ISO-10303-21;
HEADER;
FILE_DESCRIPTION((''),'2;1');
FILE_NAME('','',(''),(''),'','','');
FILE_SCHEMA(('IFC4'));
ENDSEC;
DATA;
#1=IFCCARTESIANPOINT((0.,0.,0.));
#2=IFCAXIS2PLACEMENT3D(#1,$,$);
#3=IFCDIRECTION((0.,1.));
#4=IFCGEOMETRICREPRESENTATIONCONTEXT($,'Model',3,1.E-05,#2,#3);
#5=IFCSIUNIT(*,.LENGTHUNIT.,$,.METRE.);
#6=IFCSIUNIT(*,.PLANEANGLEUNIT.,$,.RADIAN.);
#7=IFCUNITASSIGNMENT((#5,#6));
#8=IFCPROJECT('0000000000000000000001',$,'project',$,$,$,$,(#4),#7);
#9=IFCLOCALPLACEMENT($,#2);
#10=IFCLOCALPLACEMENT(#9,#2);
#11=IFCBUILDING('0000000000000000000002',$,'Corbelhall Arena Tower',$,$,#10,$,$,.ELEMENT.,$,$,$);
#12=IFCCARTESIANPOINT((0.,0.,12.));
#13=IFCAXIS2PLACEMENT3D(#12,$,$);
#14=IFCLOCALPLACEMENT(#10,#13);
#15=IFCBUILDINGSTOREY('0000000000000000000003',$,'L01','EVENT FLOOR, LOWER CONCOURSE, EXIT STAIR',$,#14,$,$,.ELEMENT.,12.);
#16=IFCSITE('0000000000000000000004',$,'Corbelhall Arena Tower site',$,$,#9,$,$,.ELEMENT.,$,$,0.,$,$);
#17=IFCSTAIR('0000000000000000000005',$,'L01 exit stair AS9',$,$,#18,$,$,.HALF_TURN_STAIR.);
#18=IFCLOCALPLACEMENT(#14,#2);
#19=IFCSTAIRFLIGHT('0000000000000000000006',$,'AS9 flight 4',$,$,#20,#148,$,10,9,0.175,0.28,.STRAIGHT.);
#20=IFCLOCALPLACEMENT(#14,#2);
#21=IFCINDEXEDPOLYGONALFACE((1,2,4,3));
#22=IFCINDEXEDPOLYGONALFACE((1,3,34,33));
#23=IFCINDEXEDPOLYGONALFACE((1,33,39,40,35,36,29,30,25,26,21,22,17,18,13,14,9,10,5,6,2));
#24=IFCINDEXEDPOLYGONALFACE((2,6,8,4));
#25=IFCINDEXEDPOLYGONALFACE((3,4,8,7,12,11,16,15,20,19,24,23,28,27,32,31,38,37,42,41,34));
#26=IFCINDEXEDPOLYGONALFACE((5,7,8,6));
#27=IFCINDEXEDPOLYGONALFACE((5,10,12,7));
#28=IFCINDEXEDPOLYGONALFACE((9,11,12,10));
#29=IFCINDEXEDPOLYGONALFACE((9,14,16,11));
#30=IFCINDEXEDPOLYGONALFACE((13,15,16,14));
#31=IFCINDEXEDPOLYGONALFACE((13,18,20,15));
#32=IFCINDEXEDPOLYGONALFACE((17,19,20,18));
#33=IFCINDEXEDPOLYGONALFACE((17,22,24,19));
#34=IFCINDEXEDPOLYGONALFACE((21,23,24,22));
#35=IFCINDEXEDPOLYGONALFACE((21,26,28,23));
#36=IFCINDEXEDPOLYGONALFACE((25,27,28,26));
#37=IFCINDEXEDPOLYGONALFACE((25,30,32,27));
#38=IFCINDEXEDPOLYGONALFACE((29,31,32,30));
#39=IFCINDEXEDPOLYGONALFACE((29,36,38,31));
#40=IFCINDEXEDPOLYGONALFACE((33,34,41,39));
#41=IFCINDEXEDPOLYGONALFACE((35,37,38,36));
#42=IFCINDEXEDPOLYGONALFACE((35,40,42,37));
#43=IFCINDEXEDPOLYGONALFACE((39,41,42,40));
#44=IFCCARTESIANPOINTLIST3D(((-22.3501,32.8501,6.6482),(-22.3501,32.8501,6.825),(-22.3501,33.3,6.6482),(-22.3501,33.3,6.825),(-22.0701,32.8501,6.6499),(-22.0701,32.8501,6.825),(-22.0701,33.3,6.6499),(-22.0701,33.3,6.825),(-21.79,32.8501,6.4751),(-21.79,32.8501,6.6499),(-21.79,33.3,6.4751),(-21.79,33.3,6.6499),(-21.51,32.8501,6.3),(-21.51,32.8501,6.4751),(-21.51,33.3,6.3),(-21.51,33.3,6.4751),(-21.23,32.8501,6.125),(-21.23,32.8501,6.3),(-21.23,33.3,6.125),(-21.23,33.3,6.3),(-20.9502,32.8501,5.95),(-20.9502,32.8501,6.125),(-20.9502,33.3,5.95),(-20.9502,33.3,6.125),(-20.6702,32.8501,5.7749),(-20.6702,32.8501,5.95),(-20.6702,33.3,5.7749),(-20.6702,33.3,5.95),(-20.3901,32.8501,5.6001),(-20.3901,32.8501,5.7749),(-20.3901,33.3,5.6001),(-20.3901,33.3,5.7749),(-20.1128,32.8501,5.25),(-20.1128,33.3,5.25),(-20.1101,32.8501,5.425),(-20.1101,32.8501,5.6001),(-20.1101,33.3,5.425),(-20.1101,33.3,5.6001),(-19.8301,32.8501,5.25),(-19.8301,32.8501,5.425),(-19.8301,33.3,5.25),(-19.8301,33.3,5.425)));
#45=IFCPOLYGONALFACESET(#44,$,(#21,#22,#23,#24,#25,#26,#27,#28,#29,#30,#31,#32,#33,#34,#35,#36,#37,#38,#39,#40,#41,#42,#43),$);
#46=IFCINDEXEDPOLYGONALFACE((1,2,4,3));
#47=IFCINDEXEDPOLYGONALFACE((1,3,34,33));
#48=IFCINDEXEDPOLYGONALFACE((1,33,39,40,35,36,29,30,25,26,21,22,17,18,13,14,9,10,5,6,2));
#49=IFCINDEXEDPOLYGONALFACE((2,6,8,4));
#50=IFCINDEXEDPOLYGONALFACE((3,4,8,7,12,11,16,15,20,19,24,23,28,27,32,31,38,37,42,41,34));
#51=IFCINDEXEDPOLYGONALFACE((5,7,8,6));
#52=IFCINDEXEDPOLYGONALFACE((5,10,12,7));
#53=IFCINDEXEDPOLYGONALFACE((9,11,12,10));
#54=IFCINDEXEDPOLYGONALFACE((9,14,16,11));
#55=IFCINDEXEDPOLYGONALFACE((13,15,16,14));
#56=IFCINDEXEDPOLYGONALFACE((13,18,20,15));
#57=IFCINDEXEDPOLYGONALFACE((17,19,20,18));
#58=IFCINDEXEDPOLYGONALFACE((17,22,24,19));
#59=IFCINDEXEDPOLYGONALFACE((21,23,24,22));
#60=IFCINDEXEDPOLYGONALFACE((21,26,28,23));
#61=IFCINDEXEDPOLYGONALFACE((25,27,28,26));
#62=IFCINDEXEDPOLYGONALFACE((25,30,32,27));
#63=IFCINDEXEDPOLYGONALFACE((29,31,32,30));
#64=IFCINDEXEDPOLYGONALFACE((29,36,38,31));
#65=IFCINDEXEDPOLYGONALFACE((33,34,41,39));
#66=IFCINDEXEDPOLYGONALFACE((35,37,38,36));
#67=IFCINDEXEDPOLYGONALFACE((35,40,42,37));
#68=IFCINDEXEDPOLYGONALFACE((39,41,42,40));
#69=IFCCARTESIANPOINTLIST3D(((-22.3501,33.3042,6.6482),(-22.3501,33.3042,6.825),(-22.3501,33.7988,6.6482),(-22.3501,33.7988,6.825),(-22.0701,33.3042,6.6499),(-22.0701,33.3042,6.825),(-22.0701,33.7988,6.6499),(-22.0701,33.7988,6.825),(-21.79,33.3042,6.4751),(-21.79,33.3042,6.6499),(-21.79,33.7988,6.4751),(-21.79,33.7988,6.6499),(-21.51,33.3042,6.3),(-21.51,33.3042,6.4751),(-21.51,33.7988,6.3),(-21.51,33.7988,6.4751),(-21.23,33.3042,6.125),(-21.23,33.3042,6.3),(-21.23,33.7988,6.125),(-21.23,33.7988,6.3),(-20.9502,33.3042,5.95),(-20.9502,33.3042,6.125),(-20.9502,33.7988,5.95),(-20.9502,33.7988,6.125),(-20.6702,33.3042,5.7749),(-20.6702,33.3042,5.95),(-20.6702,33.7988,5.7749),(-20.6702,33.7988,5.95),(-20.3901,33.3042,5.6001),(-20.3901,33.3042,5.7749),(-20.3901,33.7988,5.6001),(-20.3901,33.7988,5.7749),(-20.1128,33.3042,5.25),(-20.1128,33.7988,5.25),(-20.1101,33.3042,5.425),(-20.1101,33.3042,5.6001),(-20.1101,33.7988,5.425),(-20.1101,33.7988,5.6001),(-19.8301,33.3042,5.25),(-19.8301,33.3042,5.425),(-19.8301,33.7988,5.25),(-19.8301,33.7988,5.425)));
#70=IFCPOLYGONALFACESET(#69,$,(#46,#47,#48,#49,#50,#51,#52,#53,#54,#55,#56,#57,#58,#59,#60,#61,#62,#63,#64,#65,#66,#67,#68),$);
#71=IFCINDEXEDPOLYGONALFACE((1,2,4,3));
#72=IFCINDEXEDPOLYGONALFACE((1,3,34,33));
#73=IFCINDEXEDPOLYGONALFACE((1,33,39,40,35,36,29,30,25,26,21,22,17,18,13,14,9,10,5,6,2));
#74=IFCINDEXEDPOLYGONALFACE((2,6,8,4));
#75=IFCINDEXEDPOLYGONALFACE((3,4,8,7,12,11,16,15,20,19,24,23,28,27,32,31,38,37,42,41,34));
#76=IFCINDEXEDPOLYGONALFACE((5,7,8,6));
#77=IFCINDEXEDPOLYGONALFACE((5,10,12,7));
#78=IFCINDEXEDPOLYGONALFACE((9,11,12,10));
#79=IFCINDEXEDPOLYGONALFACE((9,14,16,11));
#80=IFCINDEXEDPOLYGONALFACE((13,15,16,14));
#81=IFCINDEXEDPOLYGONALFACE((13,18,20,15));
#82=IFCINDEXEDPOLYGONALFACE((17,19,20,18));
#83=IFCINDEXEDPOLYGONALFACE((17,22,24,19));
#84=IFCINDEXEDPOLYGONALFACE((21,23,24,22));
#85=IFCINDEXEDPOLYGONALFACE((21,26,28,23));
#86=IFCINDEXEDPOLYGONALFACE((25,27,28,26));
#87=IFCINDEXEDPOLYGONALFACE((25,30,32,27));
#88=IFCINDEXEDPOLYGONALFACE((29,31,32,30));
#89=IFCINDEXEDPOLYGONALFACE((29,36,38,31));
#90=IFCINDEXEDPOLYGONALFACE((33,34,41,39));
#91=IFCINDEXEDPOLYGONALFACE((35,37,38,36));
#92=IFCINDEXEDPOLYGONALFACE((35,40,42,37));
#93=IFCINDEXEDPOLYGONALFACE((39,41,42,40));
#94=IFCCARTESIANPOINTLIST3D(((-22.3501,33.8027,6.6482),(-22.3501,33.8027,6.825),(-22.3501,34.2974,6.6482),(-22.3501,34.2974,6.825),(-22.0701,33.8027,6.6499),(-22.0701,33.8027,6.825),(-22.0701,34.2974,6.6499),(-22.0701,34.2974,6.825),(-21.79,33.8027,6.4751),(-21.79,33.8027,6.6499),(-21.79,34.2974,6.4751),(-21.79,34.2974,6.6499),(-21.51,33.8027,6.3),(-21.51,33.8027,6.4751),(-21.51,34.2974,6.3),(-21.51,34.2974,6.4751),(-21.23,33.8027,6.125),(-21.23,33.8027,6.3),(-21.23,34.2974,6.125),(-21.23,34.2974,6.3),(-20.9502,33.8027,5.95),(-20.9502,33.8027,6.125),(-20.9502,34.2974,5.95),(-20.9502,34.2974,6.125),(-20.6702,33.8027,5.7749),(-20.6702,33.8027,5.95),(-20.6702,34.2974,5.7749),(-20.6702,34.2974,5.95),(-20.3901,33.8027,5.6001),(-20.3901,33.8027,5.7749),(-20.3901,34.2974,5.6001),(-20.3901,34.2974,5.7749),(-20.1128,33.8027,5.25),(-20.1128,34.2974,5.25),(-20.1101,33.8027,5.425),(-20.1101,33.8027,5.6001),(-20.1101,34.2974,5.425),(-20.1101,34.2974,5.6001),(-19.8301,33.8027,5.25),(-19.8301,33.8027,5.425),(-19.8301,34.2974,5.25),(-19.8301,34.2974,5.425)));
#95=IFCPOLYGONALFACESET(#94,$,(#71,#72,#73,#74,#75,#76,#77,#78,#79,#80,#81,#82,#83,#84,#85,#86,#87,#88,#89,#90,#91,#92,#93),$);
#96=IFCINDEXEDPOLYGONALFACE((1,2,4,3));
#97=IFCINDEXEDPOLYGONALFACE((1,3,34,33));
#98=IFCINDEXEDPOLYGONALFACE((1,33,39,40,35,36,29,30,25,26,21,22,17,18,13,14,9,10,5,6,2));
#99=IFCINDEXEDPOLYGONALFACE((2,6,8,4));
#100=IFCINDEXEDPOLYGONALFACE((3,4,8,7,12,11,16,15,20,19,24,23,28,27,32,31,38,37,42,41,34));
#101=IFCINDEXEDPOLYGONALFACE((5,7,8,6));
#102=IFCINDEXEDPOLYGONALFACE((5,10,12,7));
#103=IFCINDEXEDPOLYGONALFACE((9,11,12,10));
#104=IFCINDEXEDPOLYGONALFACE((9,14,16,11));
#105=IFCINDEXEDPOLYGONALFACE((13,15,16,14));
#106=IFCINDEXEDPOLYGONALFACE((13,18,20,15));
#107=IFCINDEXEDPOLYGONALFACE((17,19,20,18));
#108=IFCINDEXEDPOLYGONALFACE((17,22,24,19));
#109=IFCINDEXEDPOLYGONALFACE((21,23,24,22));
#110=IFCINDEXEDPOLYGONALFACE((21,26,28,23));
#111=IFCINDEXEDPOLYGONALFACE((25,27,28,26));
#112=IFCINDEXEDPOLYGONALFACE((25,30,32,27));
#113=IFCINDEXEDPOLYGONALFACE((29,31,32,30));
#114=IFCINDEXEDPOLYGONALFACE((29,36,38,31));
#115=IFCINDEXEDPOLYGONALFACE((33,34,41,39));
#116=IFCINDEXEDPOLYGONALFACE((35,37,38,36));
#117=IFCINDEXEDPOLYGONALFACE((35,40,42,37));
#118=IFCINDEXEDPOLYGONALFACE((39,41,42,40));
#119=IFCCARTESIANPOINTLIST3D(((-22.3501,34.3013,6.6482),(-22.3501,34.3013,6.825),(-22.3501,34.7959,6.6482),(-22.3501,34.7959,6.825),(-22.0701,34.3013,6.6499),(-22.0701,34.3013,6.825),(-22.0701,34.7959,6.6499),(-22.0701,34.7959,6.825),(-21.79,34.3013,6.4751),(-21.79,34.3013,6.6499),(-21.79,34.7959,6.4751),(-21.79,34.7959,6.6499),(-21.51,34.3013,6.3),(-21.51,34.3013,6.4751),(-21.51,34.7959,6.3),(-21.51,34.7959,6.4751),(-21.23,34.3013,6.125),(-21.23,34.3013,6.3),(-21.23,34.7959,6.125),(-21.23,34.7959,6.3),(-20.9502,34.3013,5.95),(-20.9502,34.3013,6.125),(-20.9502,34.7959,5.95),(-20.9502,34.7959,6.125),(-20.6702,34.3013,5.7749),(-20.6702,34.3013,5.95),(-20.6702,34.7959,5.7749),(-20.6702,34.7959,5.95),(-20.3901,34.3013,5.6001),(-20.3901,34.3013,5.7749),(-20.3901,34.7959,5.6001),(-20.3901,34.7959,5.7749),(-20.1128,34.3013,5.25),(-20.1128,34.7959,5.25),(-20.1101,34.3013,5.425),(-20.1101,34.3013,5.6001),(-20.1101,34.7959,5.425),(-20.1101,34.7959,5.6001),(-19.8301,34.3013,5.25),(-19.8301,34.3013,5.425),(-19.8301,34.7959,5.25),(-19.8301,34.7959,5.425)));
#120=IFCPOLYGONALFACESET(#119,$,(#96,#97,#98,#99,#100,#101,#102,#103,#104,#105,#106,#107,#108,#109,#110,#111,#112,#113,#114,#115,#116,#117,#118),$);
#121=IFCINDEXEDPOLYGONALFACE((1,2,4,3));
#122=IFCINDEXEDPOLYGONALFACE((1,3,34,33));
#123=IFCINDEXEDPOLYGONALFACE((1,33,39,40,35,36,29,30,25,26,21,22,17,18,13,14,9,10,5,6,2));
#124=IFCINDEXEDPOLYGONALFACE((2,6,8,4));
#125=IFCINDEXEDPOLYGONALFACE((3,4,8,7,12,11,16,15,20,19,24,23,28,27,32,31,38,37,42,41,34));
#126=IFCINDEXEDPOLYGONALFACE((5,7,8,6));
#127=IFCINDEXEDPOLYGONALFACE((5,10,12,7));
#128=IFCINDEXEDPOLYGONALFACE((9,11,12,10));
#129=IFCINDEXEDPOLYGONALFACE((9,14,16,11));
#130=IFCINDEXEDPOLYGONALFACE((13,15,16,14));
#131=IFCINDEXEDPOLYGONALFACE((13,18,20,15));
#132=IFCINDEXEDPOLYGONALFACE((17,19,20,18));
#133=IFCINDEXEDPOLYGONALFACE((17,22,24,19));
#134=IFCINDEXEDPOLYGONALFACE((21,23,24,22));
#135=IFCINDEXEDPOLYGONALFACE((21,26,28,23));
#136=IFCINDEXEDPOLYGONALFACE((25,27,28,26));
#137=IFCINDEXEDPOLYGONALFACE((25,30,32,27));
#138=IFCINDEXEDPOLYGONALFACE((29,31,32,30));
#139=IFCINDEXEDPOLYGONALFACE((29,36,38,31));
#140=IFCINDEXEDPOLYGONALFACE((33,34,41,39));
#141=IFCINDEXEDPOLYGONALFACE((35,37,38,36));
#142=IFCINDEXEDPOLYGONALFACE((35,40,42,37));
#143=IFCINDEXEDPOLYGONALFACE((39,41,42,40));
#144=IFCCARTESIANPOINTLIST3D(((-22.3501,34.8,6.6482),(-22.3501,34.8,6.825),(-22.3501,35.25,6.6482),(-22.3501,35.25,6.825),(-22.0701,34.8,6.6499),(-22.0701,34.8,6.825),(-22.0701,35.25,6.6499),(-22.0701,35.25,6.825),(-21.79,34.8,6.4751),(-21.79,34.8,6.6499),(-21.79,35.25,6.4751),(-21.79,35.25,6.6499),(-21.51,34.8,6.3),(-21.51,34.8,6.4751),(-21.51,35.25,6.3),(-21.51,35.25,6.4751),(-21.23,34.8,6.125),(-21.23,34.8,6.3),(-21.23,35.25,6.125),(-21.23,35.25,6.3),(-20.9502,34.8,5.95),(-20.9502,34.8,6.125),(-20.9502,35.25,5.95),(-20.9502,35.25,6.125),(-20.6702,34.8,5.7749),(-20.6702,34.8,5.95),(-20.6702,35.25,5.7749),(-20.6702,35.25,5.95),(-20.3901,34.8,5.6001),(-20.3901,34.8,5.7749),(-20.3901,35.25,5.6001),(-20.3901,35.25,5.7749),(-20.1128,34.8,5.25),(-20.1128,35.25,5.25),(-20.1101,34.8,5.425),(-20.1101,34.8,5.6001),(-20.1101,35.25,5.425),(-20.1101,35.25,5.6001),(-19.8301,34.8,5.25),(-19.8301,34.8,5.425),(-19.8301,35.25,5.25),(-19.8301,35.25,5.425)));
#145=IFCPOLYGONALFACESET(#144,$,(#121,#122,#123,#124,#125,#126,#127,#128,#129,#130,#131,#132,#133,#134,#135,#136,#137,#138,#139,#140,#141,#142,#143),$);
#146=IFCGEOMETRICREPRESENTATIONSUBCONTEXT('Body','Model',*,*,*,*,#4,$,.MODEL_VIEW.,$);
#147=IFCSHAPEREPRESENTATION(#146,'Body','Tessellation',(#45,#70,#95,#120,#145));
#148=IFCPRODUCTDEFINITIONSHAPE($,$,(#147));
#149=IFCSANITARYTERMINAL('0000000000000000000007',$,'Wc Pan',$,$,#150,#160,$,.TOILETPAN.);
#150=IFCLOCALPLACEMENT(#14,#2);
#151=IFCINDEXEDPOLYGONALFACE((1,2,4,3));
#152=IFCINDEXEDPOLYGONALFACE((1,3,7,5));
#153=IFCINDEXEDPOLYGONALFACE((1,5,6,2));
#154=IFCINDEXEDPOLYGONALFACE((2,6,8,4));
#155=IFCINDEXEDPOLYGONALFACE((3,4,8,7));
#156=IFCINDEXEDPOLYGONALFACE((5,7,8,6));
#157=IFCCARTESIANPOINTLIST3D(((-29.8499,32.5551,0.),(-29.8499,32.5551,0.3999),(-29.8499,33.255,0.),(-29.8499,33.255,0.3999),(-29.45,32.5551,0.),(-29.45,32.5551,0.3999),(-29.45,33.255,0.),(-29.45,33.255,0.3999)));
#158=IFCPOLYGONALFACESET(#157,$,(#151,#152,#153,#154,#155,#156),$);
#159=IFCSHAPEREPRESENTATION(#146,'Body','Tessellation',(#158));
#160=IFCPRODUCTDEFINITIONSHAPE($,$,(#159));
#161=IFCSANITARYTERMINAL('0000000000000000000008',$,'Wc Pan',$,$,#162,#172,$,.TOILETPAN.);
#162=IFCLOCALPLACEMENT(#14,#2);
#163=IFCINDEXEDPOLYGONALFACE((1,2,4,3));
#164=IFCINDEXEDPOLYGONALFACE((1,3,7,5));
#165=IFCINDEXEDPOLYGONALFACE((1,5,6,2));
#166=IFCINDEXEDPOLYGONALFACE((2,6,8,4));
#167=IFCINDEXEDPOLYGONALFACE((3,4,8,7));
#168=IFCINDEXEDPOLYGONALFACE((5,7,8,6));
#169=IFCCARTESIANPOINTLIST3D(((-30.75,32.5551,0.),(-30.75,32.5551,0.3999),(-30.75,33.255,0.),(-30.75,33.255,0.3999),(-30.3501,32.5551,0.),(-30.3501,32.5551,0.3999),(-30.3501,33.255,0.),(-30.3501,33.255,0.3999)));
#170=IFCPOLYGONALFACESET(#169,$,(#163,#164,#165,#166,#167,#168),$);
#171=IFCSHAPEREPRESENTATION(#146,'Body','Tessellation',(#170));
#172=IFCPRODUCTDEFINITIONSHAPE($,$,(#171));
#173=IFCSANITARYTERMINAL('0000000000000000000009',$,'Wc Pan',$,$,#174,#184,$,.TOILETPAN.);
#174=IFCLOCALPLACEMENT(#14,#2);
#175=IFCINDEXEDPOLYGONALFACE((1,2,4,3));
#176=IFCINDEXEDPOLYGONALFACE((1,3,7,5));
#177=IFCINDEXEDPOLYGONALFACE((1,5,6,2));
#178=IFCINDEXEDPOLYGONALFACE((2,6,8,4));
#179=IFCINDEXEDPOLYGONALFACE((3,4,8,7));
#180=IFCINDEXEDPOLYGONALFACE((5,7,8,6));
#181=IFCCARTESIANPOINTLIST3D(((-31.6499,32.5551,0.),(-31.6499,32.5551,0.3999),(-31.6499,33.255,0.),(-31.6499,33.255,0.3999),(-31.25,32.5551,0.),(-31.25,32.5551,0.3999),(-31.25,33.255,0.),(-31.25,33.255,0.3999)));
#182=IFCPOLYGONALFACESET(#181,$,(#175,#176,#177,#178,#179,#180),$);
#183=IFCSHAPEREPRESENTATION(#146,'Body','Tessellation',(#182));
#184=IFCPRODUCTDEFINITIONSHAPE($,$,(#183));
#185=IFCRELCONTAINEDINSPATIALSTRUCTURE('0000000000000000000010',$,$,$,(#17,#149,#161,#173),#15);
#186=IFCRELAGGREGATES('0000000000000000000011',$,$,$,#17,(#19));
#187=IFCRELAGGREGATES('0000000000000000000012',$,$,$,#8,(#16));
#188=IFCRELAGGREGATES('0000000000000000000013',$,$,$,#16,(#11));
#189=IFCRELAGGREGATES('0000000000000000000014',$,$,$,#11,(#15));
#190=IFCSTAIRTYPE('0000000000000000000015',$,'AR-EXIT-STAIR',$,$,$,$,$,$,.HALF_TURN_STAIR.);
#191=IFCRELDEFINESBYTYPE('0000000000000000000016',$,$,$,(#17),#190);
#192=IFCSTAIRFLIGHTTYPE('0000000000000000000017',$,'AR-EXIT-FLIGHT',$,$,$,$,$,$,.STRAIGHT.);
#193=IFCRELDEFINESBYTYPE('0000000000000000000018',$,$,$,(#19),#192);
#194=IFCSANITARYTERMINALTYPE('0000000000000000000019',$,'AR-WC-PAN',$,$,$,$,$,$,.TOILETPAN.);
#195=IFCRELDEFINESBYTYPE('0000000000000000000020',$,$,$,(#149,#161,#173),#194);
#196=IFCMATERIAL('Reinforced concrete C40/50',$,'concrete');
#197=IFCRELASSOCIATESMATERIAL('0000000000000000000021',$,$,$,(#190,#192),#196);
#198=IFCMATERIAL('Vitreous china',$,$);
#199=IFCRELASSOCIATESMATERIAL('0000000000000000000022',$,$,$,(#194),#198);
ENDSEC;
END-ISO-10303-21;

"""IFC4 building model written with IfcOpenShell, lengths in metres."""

from ifc_helpers import new_model, si_unit, direction, frame, origin, origin_2d, place, context, subcontext, project, spatial, polyline, rectangle, outline, extrude, material, type_object, element, aggregate, save


model = new_model("IFC4")

# Units and contexts
model_context = context("Model", 3, precision=1e-05, world=origin(), true_north=direction((0.0, 1.0)))
body_context = subcontext(model_context, "Body", "Model", "MODEL_VIEW")
ifc_project = project(units=[si_unit("LENGTHUNIT", "METRE"), si_unit("PLANEANGLEUNIT", "RADIAN")], contexts=[model_context])

# Site, building, storey
site_placement = place(None, origin())
site = spatial("IfcSite", under=ifc_project, at=site_placement, Name="Corbelhall Arena Tower site", CompositionType="ELEMENT", RefElevation=0.0)
building_placement = place(site_placement, origin())
building = spatial("IfcBuilding", under=site, at=building_placement, Name="Corbelhall Arena Tower", CompositionType="ELEMENT")
storey_placement = place(building_placement, frame((0.0, 0.0, 12.0)))
storey = spatial("IfcBuildingStorey", under=building, at=storey_placement, Name="L01", Description="EVENT FLOOR, LOWER CONCOURSE, EXIT STAIR", CompositionType="ELEMENT", Elevation=12.0)

# Shared definitions
ifc_material_1 = material(Name="Reinforced concrete C40/50", Category="concrete")

# Stair, stair flight
stair_type = type_object("IfcStairType", Name="AR-EXIT-STAIR", PredefinedType="HALF_TURN_STAIR", material=ifc_material_1)
stair_placement = place(storey_placement, origin())
stair = element("IfcStair", 1, at=stair_placement, inside=storey, type_object=stair_type, Name="L01 exit stair AS9", PredefinedType="HALF_TURN_STAIR")
stair_flight_type = type_object("IfcStairFlightType", Name="AR-EXIT-FLIGHT", PredefinedType="STRAIGHT", material=ifc_material_1)
stair_flight_1_placement = place(storey_placement, frame((-19.8301, 34.05, 5.25), z_axis=(0.0, 0.0, 1.0), x_axis=(-1.0, 0.0, 0.0)))
stair_flight_1 = element("IfcStairFlight", 2, at=stair_flight_1_placement, type_object=stair_flight_type, Name="AS9 flight 4", NumberOfRisers=10, NumberOfTreads=9, PredefinedType="STRAIGHT", RiserHeight=0.175, TreadLength=0.28, context=body_context, shape_type="SweptSolid", body=[
    extrude(outline(polyline([(0.0, 0.0), (0.0, 0.175), (0.28, 0.175), (0.28, 0.3501), (0.5601, 0.3501), (0.5601, 0.5249), (0.8401, 0.5249), (0.8401, 0.7), (1.1201, 0.7), (1.1201, 0.875), (1.3999, 0.875), (1.3999, 1.05), (1.6799, 1.05), (1.6799, 1.2251), (1.96, 1.2251), (1.96, 1.3999), (2.24, 1.3999), (2.24, 1.575), (2.52, 1.575), (2.52, 1.75), (2.52, 1.3982), (0.2827, 0.0), (0.0, 0.0)])), frame((0.0, 1.2, 0.0), z_axis=(0.0, -1.0, 0.0), x_axis=(1.0, 0.0, 0.0)), (0.0, 0.0, 1.0), 0.45),
    extrude(outline(polyline([(0.0, 0.0), (0.0, 0.175), (0.28, 0.175), (0.28, 0.3501), (0.5601, 0.3501), (0.5601, 0.5249), (0.8401, 0.5249), (0.8401, 0.7), (1.1201, 0.7), (1.1201, 0.875), (1.3999, 0.875), (1.3999, 1.05), (1.6799, 1.05), (1.6799, 1.2251), (1.96, 1.2251), (1.96, 1.3999), (2.24, 1.3999), (2.24, 1.575), (2.52, 1.575), (2.52, 1.75), (2.52, 1.3982), (0.2827, 0.0), (0.0, 0.0)])), frame((0.0, 0.7458, 0.0), z_axis=(0.0, -1.0, 0.0), x_axis=(1.0, 0.0, 0.0)), (0.0, 0.0, 1.0), 0.4946),
    extrude(outline(polyline([(0.0, 0.0), (0.0, 0.175), (0.28, 0.175), (0.28, 0.3501), (0.5601, 0.3501), (0.5601, 0.5249), (0.8401, 0.5249), (0.8401, 0.7), (1.1201, 0.7), (1.1201, 0.875), (1.3999, 0.875), (1.3999, 1.05), (1.6799, 1.05), (1.6799, 1.2251), (1.96, 1.2251), (1.96, 1.3999), (2.24, 1.3999), (2.24, 1.575), (2.52, 1.575), (2.52, 1.75), (2.52, 1.3982), (0.2827, 0.0), (0.0, 0.0)])), frame((0.0, 0.2473, 0.0), z_axis=(0.0, -1.0, 0.0), x_axis=(1.0, 0.0, 0.0)), (0.0, 0.0, 1.0), 0.4946),
    extrude(outline(polyline([(0.0, 0.0), (0.0, 0.175), (0.28, 0.175), (0.28, 0.3501), (0.5601, 0.3501), (0.5601, 0.5249), (0.8401, 0.5249), (0.8401, 0.7), (1.1201, 0.7), (1.1201, 0.875), (1.3999, 0.875), (1.3999, 1.05), (1.6799, 1.05), (1.6799, 1.2251), (1.96, 1.2251), (1.96, 1.3999), (2.24, 1.3999), (2.24, 1.575), (2.52, 1.575), (2.52, 1.75), (2.52, 1.3982), (0.2827, 0.0), (0.0, 0.0)])), frame((0.0, -0.2512, 0.0), z_axis=(0.0, -1.0, 0.0), x_axis=(1.0, 0.0, 0.0)), (0.0, 0.0, 1.0), 0.4946),
    extrude(outline(polyline([(0.0, 0.0), (0.0, 0.175), (0.28, 0.175), (0.28, 0.3501), (0.5601, 0.3501), (0.5601, 0.5249), (0.8401, 0.5249), (0.8401, 0.7), (1.1201, 0.7), (1.1201, 0.875), (1.3999, 0.875), (1.3999, 1.05), (1.6799, 1.05), (1.6799, 1.2251), (1.96, 1.2251), (1.96, 1.3999), (2.24, 1.3999), (2.24, 1.575), (2.52, 1.575), (2.52, 1.75), (2.52, 1.3982), (0.2827, 0.0), (0.0, 0.0)])), frame((0.0, -0.75, 0.0), z_axis=(0.0, -1.0, 0.0), x_axis=(1.0, 0.0, 0.0)), (0.0, 0.0, 1.0), 0.45),
])
aggregate(stair, [stair_flight_1])

# Sanitary terminals
ifc_material_2 = material(Name="Vitreous china")
sanitary_terminal_type = type_object("IfcSanitaryTerminalType", Name="AR-WC-PAN", PredefinedType="TOILETPAN", material=ifc_material_2)
for number, where, z_axis, x_axis, name in (
    (3, (-29.6499, 32.905, 0.0), (0.0, 0.0, 1.0), (1.0, 0.0, 0.0), "Wc Pan"),
    (4, (-30.55, 32.905, 0.0), (0.0, 0.0, 1.0), (1.0, 0.0, 0.0), "Wc Pan"),
    (5, (-31.45, 32.905, 0.0), (0.0, 0.0, 1.0), (1.0, 0.0, 0.0), "Wc Pan"),
):
    element("IfcSanitaryTerminal", number, at=place(storey_placement, frame(where, z_axis=z_axis, x_axis=x_axis)), inside=storey, type_object=sanitary_terminal_type, Name=name, PredefinedType="TOILETPAN", context=body_context, shape_type="SweptSolid", body=[
        extrude(rectangle(XDim=0.3999, YDim=0.7, at=origin_2d()), origin(), (0.0, 0.0, 1.0), 0.3999),
    ])

save(model, "model.ifc")
